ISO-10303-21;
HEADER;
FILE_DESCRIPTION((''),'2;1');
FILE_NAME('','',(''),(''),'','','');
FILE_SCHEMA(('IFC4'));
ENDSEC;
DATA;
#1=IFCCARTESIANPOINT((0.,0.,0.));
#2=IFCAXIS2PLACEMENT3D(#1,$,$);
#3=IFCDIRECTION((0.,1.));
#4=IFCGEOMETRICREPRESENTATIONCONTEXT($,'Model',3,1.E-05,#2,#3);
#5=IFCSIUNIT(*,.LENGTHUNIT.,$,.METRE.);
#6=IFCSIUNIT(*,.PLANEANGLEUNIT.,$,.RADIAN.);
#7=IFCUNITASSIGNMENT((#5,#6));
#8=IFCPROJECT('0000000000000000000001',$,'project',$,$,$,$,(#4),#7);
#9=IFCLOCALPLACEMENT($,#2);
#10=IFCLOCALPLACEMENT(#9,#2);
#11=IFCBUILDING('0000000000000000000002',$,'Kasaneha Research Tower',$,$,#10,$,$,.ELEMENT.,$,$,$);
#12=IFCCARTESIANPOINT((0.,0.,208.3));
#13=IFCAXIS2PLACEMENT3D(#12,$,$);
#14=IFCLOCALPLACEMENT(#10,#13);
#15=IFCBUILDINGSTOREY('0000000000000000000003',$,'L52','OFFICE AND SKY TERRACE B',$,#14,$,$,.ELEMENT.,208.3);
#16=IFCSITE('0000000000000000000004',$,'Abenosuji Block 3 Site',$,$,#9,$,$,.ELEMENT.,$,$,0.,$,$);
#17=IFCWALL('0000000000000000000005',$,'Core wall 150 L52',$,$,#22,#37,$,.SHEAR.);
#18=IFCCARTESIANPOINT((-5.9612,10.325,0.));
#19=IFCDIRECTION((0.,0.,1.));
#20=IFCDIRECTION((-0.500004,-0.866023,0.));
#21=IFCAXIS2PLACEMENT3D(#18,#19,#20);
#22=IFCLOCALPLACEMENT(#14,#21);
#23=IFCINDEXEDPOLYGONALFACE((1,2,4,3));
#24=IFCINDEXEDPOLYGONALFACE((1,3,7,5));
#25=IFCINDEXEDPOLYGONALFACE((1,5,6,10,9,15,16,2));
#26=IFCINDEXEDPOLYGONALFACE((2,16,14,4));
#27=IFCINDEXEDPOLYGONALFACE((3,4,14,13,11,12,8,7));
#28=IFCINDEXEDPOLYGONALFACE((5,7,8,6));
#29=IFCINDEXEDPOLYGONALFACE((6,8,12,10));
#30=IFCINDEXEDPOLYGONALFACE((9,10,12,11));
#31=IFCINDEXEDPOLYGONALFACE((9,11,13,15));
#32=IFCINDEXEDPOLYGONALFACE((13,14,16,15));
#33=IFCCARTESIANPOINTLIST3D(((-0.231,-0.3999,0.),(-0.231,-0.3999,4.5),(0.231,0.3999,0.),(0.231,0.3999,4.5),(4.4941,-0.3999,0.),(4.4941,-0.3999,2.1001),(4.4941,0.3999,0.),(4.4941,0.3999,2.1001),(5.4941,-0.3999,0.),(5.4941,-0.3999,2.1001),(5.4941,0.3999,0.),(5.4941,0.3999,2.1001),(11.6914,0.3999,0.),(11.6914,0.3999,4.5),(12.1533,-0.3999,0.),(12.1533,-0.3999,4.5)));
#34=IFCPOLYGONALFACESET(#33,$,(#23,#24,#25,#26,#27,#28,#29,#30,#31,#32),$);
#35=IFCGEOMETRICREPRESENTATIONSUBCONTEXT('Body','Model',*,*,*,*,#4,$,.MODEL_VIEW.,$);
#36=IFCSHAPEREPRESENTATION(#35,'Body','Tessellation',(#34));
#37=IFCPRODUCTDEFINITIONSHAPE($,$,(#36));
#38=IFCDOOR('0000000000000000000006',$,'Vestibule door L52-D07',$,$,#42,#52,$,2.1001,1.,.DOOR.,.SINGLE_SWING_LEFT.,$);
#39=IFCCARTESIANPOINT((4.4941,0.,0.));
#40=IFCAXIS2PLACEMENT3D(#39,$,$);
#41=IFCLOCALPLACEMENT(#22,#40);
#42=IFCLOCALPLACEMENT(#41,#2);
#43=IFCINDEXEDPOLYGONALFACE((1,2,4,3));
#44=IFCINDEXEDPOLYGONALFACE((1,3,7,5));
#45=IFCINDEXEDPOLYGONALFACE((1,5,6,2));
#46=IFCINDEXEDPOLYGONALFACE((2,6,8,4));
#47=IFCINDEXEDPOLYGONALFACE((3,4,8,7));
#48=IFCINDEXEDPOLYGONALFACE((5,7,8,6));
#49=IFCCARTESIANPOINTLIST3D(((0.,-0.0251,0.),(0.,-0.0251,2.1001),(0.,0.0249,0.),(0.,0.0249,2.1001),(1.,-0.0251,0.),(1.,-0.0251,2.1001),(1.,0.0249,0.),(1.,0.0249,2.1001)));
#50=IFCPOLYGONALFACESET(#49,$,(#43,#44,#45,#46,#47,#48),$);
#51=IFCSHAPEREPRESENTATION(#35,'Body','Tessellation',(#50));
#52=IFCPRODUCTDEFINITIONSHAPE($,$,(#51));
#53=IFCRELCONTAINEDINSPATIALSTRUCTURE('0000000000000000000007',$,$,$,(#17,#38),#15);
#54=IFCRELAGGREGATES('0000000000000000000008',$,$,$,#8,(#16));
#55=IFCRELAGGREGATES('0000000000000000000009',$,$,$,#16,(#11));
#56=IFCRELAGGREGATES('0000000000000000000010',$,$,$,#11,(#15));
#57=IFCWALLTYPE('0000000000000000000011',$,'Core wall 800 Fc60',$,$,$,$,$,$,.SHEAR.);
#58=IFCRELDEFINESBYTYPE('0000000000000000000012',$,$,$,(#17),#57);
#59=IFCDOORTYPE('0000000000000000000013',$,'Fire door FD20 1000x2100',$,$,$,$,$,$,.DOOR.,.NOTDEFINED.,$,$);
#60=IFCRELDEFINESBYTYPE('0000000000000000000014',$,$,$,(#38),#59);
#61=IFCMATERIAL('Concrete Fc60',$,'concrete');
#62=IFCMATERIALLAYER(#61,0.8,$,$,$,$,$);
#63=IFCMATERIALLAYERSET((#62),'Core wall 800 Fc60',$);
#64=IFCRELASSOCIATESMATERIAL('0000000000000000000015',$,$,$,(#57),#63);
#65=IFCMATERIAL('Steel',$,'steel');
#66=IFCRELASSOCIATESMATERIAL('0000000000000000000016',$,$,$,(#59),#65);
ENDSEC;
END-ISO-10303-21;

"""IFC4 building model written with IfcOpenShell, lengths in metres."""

from ifc_helpers import new_model, si_unit, direction, frame, frame_2d, origin, place, context, subcontext, project, spatial, polyline, rectangle, outline, extrude, material, layer, layer_set, type_object, element, fill, save


model = new_model("IFC4")

# Units and contexts
model_context = context("Model", 3, precision=1e-05, world=origin(), true_north=direction((0.0, 1.0)))
body_context = subcontext(model_context, "Body", "Model", "MODEL_VIEW")
ifc_project = project(units=[si_unit("LENGTHUNIT", "METRE"), si_unit("PLANEANGLEUNIT", "RADIAN")], contexts=[model_context])

# Site, building, storey
site_placement = place(None, origin())
site = spatial("IfcSite", under=ifc_project, at=site_placement, Name="Abenosuji Block 3 Site", CompositionType="ELEMENT", RefElevation=0.0)
building_placement = place(site_placement, origin())
building = spatial("IfcBuilding", under=site, at=building_placement, Name="Kasaneha Research Tower", CompositionType="ELEMENT")
storey_placement = place(building_placement, frame((0.0, 0.0, 208.3)))
storey = spatial("IfcBuildingStorey", under=building, at=storey_placement, Name="L52", Description="OFFICE AND SKY TERRACE B", CompositionType="ELEMENT", Elevation=208.3)

# Wall, opening, door
ifc_material_1 = material(Name="Concrete Fc60", Category="concrete")
ifc_layer_1 = layer(ifc_material_1, 0.8)
ifc_layer_set_1 = layer_set([ifc_layer_1], Name="Core wall 800 Fc60")
wall_type = type_object("IfcWallType", Name="Core wall 800 Fc60", PredefinedType="SHEAR", material=ifc_layer_set_1)
wall_1_placement = place(storey_placement, frame((-5.9612, 10.325, 0.0), z_axis=(0.0, 0.0, 1.0), x_axis=(-0.500004, -0.866023, 0.0)))
wall_1 = element("IfcWall", 1, at=wall_1_placement, inside=storey, type_object=wall_type, Name="Core wall 150 L52", PredefinedType="SHEAR", context=body_context, shape_type="SweptSolid", body=[
    extrude(outline(polyline([(-0.231, -0.3999), (4.4941, -0.3999), (5.4941, -0.3999), (12.1533, -0.3999), (11.6914, 0.3999), (5.4941, 0.3999), (4.4941, 0.3999), (0.231, 0.3999), (-0.231, -0.3999)])), origin(), (0.0, 0.0, 1.0), 4.5),
])
opening_1_placement = place(wall_1_placement, frame((4.4941, 0.0, 0.0)))
opening_1 = element("IfcOpeningElement", 2, at=opening_1_placement, cuts=wall_1, PredefinedType="OPENING", context=body_context, shape_type="SweptSolid", body=[
    extrude(rectangle(XDim=1.0, YDim=2.1001, at=frame_2d((0.5, 1.05))), frame((0.0, 0.4102, 0.0), z_axis=(0.0, -1.0, 0.0), x_axis=(1.0, 0.0, 0.0)), (0.0, 0.0, 1.0), 0.8201),
])
ifc_material_2 = material(Name="Steel", Category="steel")
door_type_1 = type_object("IfcDoorType", Name="Fire door FD20 1000x2100", OperationType="NOTDEFINED", PredefinedType="DOOR", material=ifc_material_2)
door_1_placement = place(opening_1_placement, origin())
door_1 = element("IfcDoor", 3, at=door_1_placement, inside=storey, type_object=door_type_1, Name="Vestibule door L52-D07", OperationType="SINGLE_SWING_LEFT", OverallHeight=2.1001, OverallWidth=1.0, PredefinedType="DOOR", context=body_context, shape_type="SweptSolid", body=[
    extrude(rectangle(XDim=1.0, YDim=2.1001, at=frame_2d((0.5, 1.05))), frame((0.0, 0.0249, 0.0), z_axis=(0.0, -1.0, 0.0), x_axis=(1.0, 0.0, 0.0)), (0.0, 0.0, 1.0), 0.05),
])
fill(opening_1, door_1)

save(model, "model.ifc")
